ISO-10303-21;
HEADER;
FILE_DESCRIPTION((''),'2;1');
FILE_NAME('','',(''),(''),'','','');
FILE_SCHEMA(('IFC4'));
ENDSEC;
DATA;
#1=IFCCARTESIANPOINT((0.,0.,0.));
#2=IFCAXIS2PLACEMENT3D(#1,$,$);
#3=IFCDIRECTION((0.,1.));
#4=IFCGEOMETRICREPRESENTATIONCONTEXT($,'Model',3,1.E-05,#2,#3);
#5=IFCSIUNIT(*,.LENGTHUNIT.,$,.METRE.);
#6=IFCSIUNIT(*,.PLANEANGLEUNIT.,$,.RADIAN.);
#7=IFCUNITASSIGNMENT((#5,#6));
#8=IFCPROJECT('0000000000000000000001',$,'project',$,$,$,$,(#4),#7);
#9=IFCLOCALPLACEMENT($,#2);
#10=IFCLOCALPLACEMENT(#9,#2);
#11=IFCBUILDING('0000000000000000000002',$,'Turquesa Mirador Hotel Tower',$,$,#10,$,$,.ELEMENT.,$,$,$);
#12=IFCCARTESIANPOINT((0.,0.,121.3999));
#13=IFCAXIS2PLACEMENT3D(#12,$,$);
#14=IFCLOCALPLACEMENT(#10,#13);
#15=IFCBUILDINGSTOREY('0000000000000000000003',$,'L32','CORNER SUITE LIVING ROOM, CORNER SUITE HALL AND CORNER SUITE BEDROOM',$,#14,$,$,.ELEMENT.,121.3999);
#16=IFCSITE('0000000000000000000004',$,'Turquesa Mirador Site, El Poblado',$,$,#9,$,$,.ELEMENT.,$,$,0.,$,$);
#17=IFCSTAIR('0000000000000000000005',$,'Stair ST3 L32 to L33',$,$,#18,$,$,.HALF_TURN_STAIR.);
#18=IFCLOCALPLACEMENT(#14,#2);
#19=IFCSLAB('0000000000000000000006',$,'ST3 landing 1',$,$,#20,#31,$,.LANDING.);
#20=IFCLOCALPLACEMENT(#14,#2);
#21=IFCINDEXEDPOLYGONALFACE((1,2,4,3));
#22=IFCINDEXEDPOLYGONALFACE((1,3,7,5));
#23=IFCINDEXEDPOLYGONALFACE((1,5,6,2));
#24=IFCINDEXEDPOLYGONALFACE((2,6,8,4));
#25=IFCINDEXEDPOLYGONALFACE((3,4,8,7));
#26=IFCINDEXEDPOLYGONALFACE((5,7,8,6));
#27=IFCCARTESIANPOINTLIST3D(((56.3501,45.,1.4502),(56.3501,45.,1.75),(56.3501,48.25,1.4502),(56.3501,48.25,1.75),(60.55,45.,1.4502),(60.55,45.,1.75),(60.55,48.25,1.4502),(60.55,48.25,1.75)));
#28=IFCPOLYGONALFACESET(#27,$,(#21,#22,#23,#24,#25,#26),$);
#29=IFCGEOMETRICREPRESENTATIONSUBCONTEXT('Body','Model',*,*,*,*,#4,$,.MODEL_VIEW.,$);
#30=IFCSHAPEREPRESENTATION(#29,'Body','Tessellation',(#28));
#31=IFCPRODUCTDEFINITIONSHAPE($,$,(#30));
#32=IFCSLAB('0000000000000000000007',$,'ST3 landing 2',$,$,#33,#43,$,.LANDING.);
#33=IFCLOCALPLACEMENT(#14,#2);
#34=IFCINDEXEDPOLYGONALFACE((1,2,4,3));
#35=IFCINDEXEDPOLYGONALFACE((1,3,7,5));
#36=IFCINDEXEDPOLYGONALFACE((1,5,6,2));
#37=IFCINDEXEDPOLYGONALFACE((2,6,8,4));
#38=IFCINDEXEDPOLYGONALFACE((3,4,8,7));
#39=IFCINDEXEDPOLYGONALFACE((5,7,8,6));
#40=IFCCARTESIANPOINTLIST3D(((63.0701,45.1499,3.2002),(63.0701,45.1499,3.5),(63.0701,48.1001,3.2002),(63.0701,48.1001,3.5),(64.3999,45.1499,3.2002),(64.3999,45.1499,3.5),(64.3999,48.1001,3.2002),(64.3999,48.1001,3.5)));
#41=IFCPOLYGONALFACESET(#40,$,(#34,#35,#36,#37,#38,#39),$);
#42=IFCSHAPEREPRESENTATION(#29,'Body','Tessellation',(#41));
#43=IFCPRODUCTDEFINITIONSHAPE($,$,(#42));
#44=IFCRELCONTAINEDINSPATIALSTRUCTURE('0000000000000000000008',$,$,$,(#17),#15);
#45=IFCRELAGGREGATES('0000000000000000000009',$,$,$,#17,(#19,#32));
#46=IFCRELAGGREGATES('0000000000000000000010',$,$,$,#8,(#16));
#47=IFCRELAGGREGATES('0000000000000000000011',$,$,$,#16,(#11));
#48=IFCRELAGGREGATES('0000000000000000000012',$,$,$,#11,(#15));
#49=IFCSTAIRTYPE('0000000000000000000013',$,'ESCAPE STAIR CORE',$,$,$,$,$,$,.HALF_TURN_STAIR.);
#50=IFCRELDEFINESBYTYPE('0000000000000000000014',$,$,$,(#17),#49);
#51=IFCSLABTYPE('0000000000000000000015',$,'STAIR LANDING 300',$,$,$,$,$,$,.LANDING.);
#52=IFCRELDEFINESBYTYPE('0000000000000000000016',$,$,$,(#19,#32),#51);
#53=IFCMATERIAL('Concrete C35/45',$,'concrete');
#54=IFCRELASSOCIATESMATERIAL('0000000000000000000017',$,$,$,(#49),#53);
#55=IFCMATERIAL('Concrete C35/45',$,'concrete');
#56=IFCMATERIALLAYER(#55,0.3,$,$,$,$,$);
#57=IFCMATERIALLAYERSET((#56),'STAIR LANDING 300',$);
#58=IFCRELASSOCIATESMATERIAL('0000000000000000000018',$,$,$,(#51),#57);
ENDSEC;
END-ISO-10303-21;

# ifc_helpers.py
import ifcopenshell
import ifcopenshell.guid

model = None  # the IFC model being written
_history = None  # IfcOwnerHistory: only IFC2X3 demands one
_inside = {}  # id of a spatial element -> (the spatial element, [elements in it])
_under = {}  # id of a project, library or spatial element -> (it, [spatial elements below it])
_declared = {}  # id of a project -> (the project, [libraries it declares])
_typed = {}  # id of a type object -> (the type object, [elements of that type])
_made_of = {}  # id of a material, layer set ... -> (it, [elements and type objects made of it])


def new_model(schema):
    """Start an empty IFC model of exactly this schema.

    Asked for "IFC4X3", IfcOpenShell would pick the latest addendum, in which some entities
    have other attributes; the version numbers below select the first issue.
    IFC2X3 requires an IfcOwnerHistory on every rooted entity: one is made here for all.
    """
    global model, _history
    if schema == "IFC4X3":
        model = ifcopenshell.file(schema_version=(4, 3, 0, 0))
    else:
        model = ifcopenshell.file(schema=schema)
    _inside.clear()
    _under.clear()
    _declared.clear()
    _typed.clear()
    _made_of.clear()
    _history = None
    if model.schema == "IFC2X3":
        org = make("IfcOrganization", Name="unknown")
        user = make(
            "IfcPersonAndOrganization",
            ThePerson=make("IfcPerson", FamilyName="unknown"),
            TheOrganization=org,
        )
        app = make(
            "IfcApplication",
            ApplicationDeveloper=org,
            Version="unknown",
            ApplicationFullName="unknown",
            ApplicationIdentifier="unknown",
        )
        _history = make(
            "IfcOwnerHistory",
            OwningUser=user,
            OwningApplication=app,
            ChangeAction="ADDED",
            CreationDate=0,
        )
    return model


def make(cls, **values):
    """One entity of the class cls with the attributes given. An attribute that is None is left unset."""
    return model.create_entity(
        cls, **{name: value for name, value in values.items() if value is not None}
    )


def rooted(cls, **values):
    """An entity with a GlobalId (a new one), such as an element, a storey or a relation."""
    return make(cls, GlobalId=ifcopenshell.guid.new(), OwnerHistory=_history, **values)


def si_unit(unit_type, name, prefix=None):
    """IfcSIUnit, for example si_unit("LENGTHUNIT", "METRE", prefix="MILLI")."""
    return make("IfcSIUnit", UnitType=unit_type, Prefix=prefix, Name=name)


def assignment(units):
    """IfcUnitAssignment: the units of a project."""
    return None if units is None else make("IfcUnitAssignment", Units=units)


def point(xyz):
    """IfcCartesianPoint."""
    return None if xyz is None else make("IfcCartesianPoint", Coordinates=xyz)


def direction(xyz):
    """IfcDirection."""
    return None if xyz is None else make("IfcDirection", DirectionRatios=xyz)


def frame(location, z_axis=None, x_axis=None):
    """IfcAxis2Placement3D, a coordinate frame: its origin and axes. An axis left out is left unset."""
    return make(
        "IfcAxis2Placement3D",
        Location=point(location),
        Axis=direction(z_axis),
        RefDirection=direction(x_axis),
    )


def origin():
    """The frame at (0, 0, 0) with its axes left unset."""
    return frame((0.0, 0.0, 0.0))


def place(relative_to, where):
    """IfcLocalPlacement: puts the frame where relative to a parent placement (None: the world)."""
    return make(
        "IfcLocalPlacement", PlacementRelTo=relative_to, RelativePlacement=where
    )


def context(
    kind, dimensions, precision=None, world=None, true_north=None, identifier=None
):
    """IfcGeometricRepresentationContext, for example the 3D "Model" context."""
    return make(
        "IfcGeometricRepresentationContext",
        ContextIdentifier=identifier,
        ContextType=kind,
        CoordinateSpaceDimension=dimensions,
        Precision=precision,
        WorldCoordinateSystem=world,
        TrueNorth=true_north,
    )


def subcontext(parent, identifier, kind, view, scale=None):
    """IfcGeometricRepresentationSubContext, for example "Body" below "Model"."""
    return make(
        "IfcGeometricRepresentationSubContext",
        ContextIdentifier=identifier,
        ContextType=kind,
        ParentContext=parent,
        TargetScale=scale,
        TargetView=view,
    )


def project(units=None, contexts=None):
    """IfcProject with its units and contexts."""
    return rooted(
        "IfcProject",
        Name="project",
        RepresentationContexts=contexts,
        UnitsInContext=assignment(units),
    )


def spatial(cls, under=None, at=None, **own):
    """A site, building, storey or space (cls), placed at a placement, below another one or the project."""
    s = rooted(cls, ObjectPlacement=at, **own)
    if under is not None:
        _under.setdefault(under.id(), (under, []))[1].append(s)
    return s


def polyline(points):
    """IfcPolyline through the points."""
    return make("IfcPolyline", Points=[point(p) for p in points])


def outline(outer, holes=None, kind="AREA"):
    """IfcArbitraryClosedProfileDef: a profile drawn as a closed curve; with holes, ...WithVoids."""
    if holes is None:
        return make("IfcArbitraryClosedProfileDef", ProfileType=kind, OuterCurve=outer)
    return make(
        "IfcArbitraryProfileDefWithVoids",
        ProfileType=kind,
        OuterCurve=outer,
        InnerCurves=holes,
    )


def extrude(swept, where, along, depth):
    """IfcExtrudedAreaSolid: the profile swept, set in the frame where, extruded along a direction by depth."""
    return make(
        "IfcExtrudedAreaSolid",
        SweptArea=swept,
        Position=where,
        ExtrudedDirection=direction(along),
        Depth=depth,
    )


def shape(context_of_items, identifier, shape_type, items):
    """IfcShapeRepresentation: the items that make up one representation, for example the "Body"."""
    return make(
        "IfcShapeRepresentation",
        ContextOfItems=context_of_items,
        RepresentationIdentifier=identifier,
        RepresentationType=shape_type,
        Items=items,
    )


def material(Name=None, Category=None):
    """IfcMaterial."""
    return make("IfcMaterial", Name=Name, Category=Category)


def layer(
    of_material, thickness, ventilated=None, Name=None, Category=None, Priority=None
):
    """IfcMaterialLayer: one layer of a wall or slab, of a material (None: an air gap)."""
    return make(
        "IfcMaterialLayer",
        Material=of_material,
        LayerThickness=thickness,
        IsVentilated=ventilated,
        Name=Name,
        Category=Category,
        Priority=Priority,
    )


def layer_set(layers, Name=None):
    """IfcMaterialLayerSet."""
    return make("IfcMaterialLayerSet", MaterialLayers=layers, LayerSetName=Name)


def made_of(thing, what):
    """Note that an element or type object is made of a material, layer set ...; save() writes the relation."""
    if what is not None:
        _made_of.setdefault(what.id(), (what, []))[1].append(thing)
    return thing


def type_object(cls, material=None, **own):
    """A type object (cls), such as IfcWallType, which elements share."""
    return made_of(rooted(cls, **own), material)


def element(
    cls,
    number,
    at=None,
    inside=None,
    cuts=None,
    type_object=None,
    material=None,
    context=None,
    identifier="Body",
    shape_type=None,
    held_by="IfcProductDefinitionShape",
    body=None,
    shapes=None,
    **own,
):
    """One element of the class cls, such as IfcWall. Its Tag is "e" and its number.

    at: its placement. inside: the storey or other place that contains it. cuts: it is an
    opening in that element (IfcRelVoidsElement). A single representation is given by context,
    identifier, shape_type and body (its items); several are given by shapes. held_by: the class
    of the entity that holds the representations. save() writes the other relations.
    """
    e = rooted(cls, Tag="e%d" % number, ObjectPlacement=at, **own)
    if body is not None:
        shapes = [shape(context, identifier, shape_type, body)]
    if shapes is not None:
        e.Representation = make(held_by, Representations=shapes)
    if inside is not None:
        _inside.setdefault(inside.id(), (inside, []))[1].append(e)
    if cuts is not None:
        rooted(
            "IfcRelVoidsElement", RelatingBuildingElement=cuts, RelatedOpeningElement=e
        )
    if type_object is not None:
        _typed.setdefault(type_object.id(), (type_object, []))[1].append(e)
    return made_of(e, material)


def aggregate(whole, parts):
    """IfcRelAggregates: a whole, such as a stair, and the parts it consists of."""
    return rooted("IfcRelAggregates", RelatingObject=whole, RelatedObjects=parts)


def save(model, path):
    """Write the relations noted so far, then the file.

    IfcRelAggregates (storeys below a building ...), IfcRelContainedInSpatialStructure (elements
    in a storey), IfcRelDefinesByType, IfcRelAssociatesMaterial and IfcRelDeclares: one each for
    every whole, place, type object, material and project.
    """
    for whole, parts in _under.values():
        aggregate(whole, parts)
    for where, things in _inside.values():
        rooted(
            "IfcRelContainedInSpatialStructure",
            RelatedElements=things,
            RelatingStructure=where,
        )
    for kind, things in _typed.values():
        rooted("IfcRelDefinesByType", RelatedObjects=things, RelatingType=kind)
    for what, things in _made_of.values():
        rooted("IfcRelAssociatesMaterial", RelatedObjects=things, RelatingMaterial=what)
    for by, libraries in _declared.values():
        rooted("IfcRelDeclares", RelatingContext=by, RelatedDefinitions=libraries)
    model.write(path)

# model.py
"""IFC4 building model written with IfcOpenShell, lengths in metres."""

from ifc_helpers import new_model, si_unit, direction, frame, origin, place, context, subcontext, project, spatial, polyline, outline, extrude, material, layer, layer_set, type_object, element, aggregate, save


model = new_model("IFC4")

# Units and contexts
model_context = context("Model", 3, precision=1e-05, world=origin(), true_north=direction((0.0, 1.0)))
body_context = subcontext(model_context, "Body", "Model", "MODEL_VIEW")
ifc_project = project(units=[si_unit("LENGTHUNIT", "METRE"), si_unit("PLANEANGLEUNIT", "RADIAN")], contexts=[model_context])

# Site, building, storey
site_placement = place(None, origin())
site = spatial("IfcSite", under=ifc_project, at=site_placement, Name="Turquesa Mirador Site, El Poblado", CompositionType="ELEMENT", RefElevation=0.0)
building_placement = place(site_placement, origin())
building = spatial("IfcBuilding", under=site, at=building_placement, Name="Turquesa Mirador Hotel Tower", CompositionType="ELEMENT")
storey_placement = place(building_placement, frame((0.0, 0.0, 121.3999)))
storey = spatial("IfcBuildingStorey", under=building, at=storey_placement, Name="L32", Description="CORNER SUITE LIVING ROOM, CORNER SUITE HALL AND CORNER SUITE BEDROOM", CompositionType="ELEMENT", Elevation=121.3999)

# Stair, slabs
ifc_material_1 = material(Name="Concrete C35/45", Category="concrete")
stair_type = type_object("IfcStairType", Name="ESCAPE STAIR CORE", PredefinedType="HALF_TURN_STAIR", material=ifc_material_1)
ifc_material_2 = material(Name="Concrete C35/45", Category="concrete")
ifc_layer_1 = layer(ifc_material_2, 0.3)
ifc_layer_set_1 = layer_set([ifc_layer_1], Name="STAIR LANDING 300")
slab_type_1 = type_object("IfcSlabType", Name="STAIR LANDING 300", PredefinedType="LANDING", material=ifc_layer_set_1)
stair_1_placement = place(storey_placement, origin())
stair_1 = element("IfcStair", 1, at=stair_1_placement, inside=storey, type_object=stair_type, Name="Stair ST3 L32 to L33", PredefinedType="HALF_TURN_STAIR")
slab_1_placement = place(storey_placement, frame((0.0, 0.0, 1.4502)))
slab_1 = element("IfcSlab", 2, at=slab_1_placement, type_object=slab_type_1, Name="ST3 landing 1", PredefinedType="LANDING", context=body_context, shape_type="SweptSolid", body=[
    extrude(outline(polyline([(56.3501, 45.0), (60.55, 45.0), (60.55, 48.25), (56.3501, 48.25), (56.3501, 45.0)])), origin(), (0.0, 0.0, 1.0), 0.2998),
])
slab_2_placement = place(storey_placement, frame((0.0, 0.0, 3.2002)))
slab_2 = element("IfcSlab", 3, at=slab_2_placement, type_object=slab_type_1, Name="ST3 landing 2", PredefinedType="LANDING", context=body_context, shape_type="SweptSolid", body=[
    extrude(outline(polyline([(63.0701, 45.1499), (64.3999, 45.1499), (64.3999, 48.1001), (63.0701, 48.1001), (63.0701, 45.1499)])), origin(), (0.0, 0.0, 1.0), 0.2998),
])
aggregate(stair_1, [slab_1, slab_2])

save(model, "model.ifc")
